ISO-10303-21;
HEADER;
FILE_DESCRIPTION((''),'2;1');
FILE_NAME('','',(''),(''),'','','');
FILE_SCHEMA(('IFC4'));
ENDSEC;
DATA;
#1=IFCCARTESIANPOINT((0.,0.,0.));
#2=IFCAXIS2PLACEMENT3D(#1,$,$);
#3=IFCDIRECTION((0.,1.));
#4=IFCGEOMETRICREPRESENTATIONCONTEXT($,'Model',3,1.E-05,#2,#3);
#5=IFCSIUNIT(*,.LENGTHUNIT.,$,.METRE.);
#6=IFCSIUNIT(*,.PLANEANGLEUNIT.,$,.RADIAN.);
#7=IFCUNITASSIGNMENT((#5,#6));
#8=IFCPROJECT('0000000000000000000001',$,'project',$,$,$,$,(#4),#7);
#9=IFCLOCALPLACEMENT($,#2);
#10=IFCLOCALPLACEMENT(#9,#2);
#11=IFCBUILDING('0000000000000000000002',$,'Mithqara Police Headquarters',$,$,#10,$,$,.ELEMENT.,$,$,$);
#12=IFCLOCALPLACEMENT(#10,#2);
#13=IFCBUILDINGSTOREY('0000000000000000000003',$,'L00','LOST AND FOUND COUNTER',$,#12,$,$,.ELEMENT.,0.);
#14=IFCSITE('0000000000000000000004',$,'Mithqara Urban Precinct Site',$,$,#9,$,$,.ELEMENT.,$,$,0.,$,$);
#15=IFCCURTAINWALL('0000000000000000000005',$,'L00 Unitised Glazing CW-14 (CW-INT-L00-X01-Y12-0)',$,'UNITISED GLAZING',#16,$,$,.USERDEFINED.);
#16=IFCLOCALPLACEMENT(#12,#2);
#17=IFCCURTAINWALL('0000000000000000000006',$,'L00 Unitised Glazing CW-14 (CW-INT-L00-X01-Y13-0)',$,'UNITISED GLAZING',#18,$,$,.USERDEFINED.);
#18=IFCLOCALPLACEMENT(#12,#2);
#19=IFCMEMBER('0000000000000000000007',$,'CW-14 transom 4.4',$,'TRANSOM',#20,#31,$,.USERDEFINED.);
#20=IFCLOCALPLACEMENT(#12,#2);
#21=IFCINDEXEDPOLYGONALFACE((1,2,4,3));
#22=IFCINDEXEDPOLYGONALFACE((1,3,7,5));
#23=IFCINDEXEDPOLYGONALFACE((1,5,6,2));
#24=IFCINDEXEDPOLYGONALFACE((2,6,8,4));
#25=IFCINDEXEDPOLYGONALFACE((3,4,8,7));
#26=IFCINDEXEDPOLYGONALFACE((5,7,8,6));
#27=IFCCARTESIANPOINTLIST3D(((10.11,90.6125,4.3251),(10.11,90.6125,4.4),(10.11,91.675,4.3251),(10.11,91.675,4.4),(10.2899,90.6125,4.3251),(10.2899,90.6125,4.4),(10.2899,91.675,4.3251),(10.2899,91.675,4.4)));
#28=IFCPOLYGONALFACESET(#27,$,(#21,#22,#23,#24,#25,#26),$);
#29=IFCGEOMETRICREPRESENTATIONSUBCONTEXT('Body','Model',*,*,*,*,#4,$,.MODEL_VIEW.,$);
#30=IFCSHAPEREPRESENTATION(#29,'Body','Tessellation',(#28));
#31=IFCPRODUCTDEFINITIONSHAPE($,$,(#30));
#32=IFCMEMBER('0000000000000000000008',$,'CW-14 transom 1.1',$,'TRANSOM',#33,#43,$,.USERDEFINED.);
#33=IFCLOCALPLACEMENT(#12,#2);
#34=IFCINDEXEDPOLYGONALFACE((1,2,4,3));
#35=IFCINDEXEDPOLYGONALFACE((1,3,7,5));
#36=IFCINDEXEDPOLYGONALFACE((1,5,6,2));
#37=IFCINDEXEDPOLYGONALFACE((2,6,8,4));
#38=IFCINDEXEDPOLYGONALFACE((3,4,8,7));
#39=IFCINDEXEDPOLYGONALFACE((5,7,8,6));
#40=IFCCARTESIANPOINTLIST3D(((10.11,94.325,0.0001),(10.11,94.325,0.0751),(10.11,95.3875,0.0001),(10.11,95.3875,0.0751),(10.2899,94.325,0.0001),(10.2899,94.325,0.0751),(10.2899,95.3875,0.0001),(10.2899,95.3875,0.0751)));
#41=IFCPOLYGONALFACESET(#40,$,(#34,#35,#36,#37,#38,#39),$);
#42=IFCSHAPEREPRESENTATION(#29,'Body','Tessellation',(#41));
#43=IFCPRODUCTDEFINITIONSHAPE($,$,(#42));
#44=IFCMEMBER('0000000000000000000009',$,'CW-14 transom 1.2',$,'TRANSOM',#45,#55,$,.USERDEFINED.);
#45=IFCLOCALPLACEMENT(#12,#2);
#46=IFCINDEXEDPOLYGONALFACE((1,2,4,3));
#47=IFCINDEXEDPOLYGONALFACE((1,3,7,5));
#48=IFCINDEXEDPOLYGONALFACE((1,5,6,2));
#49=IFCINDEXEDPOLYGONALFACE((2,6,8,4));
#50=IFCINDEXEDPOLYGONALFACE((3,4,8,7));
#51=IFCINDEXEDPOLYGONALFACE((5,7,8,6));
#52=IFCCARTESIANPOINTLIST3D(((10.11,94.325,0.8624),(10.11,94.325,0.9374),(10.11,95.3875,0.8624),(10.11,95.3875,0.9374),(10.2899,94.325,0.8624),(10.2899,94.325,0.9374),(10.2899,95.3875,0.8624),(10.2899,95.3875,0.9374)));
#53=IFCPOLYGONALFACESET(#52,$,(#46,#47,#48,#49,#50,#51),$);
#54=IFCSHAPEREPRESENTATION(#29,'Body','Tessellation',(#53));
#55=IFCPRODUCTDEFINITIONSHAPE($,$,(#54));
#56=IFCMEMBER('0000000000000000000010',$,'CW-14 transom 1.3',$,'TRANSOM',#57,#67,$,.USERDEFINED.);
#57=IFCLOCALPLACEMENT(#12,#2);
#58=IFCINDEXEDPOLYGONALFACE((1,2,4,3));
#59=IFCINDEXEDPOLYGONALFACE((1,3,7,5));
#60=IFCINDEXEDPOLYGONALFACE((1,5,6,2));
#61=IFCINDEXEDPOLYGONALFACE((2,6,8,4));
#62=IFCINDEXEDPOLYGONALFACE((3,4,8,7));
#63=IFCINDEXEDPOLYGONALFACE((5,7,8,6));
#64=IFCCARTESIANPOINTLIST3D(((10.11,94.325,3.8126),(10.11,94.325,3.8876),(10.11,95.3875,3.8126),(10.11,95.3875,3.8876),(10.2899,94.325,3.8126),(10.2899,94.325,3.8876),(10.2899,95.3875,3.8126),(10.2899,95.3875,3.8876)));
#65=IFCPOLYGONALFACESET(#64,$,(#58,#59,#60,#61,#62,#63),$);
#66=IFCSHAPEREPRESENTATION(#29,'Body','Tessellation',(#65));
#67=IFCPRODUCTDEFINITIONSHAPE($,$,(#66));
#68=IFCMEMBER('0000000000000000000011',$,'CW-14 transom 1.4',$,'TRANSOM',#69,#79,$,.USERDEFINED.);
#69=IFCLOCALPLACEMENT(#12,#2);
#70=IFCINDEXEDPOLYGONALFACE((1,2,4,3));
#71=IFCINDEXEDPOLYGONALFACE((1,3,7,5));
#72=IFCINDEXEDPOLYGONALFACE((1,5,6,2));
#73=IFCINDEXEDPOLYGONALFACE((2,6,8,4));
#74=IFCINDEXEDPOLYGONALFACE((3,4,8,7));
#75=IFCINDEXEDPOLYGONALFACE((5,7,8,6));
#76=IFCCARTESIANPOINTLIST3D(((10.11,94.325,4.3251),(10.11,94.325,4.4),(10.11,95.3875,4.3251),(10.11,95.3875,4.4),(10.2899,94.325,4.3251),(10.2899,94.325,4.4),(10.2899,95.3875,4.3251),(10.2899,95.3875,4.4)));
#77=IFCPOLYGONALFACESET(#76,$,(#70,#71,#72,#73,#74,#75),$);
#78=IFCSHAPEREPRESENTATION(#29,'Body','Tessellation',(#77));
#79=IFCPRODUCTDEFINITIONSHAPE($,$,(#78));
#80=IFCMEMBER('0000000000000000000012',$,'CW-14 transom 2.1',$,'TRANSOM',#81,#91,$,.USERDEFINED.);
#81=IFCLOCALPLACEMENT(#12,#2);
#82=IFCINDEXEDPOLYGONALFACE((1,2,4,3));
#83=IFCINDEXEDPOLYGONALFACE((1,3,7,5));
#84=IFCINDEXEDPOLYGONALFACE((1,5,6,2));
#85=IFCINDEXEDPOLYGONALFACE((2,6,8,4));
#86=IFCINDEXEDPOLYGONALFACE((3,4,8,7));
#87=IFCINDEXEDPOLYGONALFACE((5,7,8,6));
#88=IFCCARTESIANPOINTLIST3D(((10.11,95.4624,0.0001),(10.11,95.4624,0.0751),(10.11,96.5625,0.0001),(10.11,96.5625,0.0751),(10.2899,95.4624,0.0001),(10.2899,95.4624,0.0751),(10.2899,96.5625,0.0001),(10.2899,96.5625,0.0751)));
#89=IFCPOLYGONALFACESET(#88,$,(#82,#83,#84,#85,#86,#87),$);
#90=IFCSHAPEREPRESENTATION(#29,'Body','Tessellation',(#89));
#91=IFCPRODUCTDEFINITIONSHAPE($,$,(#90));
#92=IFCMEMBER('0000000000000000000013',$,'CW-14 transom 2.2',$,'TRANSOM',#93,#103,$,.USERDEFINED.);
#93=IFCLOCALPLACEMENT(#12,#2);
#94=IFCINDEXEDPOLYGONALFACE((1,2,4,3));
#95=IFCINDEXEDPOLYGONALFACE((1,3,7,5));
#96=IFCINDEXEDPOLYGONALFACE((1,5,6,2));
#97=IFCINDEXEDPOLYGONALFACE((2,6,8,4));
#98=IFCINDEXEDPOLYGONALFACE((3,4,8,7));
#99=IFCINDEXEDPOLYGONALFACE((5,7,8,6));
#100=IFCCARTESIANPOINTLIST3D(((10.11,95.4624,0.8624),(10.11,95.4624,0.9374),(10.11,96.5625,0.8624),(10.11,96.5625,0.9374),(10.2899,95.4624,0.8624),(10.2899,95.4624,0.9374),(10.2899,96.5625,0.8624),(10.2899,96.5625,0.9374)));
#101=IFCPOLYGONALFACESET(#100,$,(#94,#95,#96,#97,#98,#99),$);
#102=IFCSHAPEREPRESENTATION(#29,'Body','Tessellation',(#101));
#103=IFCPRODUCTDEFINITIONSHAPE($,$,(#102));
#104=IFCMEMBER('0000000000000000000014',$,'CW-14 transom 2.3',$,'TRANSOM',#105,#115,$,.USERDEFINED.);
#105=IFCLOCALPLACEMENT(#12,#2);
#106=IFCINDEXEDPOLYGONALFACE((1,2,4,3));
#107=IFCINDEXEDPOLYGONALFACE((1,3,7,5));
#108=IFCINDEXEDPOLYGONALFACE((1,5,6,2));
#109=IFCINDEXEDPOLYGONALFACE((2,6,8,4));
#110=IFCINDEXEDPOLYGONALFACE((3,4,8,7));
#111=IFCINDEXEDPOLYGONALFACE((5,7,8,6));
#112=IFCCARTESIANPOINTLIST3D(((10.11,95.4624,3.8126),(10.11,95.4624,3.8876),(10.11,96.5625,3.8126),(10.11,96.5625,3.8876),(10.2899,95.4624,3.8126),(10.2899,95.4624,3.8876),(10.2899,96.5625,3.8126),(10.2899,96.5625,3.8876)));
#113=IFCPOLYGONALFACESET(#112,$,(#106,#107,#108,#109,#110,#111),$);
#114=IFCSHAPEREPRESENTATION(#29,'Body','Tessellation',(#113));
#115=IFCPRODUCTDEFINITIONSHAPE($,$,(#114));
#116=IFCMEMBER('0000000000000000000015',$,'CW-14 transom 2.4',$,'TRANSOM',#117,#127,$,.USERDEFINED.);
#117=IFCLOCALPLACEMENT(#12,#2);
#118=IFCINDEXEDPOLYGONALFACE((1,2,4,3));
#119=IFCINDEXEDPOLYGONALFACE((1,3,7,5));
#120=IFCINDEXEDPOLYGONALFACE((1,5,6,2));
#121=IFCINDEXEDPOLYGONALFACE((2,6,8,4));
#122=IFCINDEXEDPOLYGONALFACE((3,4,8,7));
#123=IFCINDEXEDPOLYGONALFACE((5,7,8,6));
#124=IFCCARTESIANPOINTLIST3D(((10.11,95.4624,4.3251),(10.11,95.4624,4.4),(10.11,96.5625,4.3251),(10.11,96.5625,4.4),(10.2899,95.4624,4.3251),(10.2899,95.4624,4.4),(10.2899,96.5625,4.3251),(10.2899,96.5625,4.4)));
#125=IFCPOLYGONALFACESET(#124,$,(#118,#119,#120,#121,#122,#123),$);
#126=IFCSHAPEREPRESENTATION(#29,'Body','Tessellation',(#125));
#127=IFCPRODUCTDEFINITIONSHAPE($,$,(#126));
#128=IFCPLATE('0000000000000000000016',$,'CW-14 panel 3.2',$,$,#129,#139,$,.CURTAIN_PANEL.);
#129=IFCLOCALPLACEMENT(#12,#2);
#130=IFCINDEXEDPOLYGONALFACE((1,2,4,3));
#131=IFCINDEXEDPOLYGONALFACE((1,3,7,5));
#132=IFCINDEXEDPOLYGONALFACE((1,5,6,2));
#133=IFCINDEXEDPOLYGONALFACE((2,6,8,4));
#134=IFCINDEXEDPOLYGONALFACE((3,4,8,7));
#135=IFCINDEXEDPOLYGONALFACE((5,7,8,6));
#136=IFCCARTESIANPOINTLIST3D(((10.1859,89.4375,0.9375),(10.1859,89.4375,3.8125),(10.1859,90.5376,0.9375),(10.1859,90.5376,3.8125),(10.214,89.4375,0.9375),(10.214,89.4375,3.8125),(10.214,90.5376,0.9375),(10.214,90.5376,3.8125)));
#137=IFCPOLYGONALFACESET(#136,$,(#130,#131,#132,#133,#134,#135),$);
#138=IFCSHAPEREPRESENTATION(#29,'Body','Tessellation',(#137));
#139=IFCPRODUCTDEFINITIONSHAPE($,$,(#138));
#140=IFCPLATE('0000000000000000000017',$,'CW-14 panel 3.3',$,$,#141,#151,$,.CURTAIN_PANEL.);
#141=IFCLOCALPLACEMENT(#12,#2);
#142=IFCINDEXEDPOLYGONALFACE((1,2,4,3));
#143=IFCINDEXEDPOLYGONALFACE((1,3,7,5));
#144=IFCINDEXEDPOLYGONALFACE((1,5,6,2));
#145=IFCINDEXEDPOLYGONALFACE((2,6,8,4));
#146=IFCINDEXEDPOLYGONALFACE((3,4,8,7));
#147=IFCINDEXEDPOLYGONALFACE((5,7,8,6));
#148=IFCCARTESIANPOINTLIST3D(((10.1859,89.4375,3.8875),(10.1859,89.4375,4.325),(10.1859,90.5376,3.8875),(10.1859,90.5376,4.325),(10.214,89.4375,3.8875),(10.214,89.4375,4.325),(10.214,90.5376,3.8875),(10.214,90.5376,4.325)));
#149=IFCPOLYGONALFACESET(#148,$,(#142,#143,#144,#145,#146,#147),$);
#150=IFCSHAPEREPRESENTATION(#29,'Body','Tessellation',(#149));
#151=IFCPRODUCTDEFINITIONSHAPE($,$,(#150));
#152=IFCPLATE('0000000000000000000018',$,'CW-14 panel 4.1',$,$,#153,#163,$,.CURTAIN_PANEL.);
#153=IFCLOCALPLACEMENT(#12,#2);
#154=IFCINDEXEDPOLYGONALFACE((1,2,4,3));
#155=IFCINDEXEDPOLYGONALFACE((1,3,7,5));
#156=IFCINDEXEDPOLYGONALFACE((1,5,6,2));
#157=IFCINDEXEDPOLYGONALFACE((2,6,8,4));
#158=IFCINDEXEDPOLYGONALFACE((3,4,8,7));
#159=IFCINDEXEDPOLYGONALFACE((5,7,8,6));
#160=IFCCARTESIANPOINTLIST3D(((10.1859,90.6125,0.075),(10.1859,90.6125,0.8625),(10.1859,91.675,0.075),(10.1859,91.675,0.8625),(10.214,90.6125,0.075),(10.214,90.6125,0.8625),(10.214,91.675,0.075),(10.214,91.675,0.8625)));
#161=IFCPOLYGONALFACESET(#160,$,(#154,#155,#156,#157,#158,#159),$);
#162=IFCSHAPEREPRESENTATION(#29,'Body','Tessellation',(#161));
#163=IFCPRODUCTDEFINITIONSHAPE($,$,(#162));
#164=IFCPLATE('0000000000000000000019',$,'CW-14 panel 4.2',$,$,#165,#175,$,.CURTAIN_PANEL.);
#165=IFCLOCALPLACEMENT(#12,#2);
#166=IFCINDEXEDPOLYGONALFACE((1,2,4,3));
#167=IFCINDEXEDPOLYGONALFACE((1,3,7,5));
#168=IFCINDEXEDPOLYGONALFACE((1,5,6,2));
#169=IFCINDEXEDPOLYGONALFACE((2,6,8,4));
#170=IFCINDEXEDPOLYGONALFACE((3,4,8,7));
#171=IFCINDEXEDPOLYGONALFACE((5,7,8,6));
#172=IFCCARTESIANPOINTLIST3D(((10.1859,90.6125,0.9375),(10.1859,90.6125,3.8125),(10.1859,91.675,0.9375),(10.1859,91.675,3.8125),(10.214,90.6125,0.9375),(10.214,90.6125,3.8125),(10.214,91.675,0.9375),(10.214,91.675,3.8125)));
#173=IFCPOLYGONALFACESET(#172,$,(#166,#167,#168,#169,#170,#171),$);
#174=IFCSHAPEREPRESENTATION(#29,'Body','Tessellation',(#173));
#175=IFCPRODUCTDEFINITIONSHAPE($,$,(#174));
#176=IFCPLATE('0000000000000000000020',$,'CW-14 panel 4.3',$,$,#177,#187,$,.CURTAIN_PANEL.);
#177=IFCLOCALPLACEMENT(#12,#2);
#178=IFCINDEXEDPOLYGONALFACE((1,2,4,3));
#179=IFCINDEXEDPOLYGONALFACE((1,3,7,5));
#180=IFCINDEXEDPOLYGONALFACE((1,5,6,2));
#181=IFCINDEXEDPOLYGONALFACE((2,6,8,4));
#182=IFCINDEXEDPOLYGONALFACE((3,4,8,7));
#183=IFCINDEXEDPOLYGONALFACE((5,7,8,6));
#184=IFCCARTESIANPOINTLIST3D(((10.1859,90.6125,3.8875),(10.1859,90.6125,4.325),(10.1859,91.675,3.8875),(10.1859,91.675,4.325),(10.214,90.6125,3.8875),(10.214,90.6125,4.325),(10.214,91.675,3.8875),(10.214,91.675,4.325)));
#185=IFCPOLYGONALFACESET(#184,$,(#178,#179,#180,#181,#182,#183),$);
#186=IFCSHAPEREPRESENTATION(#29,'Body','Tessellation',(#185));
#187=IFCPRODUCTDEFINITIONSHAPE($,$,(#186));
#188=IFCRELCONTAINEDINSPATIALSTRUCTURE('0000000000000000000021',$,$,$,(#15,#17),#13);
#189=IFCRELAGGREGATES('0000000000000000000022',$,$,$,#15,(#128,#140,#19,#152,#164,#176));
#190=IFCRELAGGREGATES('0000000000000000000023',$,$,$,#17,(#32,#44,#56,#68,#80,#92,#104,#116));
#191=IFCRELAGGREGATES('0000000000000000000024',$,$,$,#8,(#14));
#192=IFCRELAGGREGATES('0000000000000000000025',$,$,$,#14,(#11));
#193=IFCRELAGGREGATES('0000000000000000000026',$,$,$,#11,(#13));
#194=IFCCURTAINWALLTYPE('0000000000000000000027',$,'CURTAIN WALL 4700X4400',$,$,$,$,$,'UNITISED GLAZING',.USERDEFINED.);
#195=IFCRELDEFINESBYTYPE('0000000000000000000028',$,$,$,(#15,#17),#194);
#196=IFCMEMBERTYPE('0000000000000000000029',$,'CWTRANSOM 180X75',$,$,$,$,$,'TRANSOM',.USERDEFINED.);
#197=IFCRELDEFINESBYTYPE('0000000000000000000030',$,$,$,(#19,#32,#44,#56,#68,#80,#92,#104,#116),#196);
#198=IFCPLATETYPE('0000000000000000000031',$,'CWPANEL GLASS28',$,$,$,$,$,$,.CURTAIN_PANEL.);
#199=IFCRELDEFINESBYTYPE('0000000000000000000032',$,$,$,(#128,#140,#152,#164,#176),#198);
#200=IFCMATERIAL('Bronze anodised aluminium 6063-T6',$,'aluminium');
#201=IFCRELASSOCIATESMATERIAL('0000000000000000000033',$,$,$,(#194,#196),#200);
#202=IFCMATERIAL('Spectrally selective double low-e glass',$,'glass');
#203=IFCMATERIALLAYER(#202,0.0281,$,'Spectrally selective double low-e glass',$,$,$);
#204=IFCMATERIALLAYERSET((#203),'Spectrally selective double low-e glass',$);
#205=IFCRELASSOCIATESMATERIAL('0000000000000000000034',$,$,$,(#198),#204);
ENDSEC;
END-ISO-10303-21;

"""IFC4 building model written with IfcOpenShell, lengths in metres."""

from ifc_helpers import new_model, si_unit, direction, frame, origin, origin_2d, place, context, subcontext, project, spatial, rectangle, extrude, material, layer, layer_set, material_profile, profile_set, type_object, element, aggregate, save


model = new_model("IFC4")

# Units and contexts
model_context = context("Model", 3, precision=1e-05, world=origin(), true_north=direction((0.0, 1.0)))
body_context = subcontext(model_context, "Body", "Model", "MODEL_VIEW")
ifc_project = project(units=[si_unit("LENGTHUNIT", "METRE"), si_unit("PLANEANGLEUNIT", "RADIAN")], contexts=[model_context])

# Site, building, storey
site_placement = place(None, origin())
site = spatial("IfcSite", under=ifc_project, at=site_placement, Name="Mithqara Urban Precinct Site", CompositionType="ELEMENT", RefElevation=0.0)
building_placement = place(site_placement, origin())
building = spatial("IfcBuilding", under=site, at=building_placement, Name="Mithqara Police Headquarters", CompositionType="ELEMENT")
storey_placement = place(building_placement, origin())
storey = spatial("IfcBuildingStorey", under=building, at=storey_placement, Name="L00", Description="LOST AND FOUND COUNTER", CompositionType="ELEMENT", Elevation=0.0)

# Curtain walls
ifc_material_1 = material(Name="Bronze anodised aluminium 6063-T6", Category="aluminium")
curtain_wall_type = type_object("IfcCurtainWallType", Name="CURTAIN WALL 4700X4400", ElementType="UNITISED GLAZING", PredefinedType="USERDEFINED", material=ifc_material_1)
curtain_wall_1_placement = place(storey_placement, origin())
curtain_wall_1 = element("IfcCurtainWall", 1, at=curtain_wall_1_placement, inside=storey, type_object=curtain_wall_type, Name="L00 Unitised Glazing CW-14 (CW-INT-L00-X01-Y12-0)", ObjectType="UNITISED GLAZING", PredefinedType="USERDEFINED")
curtain_wall_2_placement = place(storey_placement, origin())
curtain_wall_2 = element("IfcCurtainWall", 2, at=curtain_wall_2_placement, inside=storey, type_object=curtain_wall_type, Name="L00 Unitised Glazing CW-14 (CW-INT-L00-X01-Y13-0)", ObjectType="UNITISED GLAZING", PredefinedType="USERDEFINED")

# Members
ifc_material_profile_1 = material_profile(ifc_material_1, rectangle(XDim=0.1799, YDim=0.075, at=origin_2d()), Name="CWT 180x75")
ifc_profile_set_1 = profile_set([ifc_material_profile_1], Name="Bronze anodised aluminium 6063-T6")
member_type_1 = type_object("IfcMemberType", Name="CWTRANSOM 180X75", ElementType="TRANSOM", PredefinedType="USERDEFINED", material=ifc_profile_set_1)
member_1_placement = place(storey_placement, frame((10.2, 90.6125, 4.3625), z_axis=(0.0, 1.0, 0.0), x_axis=(-1.0, 0.0, 0.0)))
member_1 = element("IfcMember", 3, at=member_1_placement, type_object=member_type_1, Name="CW-14 transom 4.4", ObjectType="TRANSOM", PredefinedType="USERDEFINED", context=body_context, shape_type="SweptSolid", body=[
    extrude(rectangle(XDim=0.1799, YDim=0.075, at=origin_2d()), origin(), (0.0, 0.0, 1.0), 1.0625),
])
member_2_placement = place(storey_placement, frame((10.2, 94.325, 0.0376), z_axis=(0.0, 1.0, 0.0), x_axis=(-1.0, 0.0, 0.0)))
member_2 = element("IfcMember", 4, at=member_2_placement, type_object=member_type_1, Name="CW-14 transom 1.1", ObjectType="TRANSOM", PredefinedType="USERDEFINED", context=body_context, shape_type="SweptSolid", body=[
    extrude(rectangle(XDim=0.1799, YDim=0.075, at=origin_2d()), origin(), (0.0, 0.0, 1.0), 1.0625),
])
member_3_placement = place(storey_placement, frame((10.2, 94.325, 0.8999), z_axis=(0.0, 1.0, 0.0), x_axis=(-1.0, 0.0, 0.0)))
member_3 = element("IfcMember", 5, at=member_3_placement, type_object=member_type_1, Name="CW-14 transom 1.2", ObjectType="TRANSOM", PredefinedType="USERDEFINED", context=body_context, shape_type="SweptSolid", body=[
    extrude(rectangle(XDim=0.1799, YDim=0.075, at=origin_2d()), origin(), (0.0, 0.0, 1.0), 1.0625),
])
member_4_placement = place(storey_placement, frame((10.2, 94.325, 3.8501), z_axis=(0.0, 1.0, 0.0), x_axis=(-1.0, 0.0, 0.0)))
member_4 = element("IfcMember", 6, at=member_4_placement, type_object=member_type_1, Name="CW-14 transom 1.3", ObjectType="TRANSOM", PredefinedType="USERDEFINED", context=body_context, shape_type="SweptSolid", body=[
    extrude(rectangle(XDim=0.1799, YDim=0.075, at=origin_2d()), origin(), (0.0, 0.0, 1.0), 1.0625),
])
member_5_placement = place(storey_placement, frame((10.2, 94.325, 4.3625), z_axis=(0.0, 1.0, 0.0), x_axis=(-1.0, 0.0, 0.0)))
member_5 = element("IfcMember", 7, at=member_5_placement, type_object=member_type_1, Name="CW-14 transom 1.4", ObjectType="TRANSOM", PredefinedType="USERDEFINED", context=body_context, shape_type="SweptSolid", body=[
    extrude(rectangle(XDim=0.1799, YDim=0.075, at=origin_2d()), origin(), (0.0, 0.0, 1.0), 1.0625),
])
member_6_placement = place(storey_placement, frame((10.2, 95.4624, 0.0376), z_axis=(0.0, 1.0, 0.0), x_axis=(-1.0, 0.0, 0.0)))
member_6 = element("IfcMember", 8, at=member_6_placement, type_object=member_type_1, Name="CW-14 transom 2.1", ObjectType="TRANSOM", PredefinedType="USERDEFINED", context=body_context, shape_type="SweptSolid", body=[
    extrude(rectangle(XDim=0.1799, YDim=0.075, at=origin_2d()), origin(), (0.0, 0.0, 1.0), 1.1001),
])
member_7_placement = place(storey_placement, frame((10.2, 95.4624, 0.8999), z_axis=(0.0, 1.0, 0.0), x_axis=(-1.0, 0.0, 0.0)))
member_7 = element("IfcMember", 9, at=member_7_placement, type_object=member_type_1, Name="CW-14 transom 2.2", ObjectType="TRANSOM", PredefinedType="USERDEFINED", context=body_context, shape_type="SweptSolid", body=[
    extrude(rectangle(XDim=0.1799, YDim=0.075, at=origin_2d()), origin(), (0.0, 0.0, 1.0), 1.1001),
])
member_8_placement = place(storey_placement, frame((10.2, 95.4624, 3.8501), z_axis=(0.0, 1.0, 0.0), x_axis=(-1.0, 0.0, 0.0)))
member_8 = element("IfcMember", 10, at=member_8_placement, type_object=member_type_1, Name="CW-14 transom 2.3", ObjectType="TRANSOM", PredefinedType="USERDEFINED", context=body_context, shape_type="SweptSolid", body=[
    extrude(rectangle(XDim=0.1799, YDim=0.075, at=origin_2d()), origin(), (0.0, 0.0, 1.0), 1.1001),
])
member_9_placement = place(storey_placement, frame((10.2, 95.4624, 4.3625), z_axis=(0.0, 1.0, 0.0), x_axis=(-1.0, 0.0, 0.0)))
member_9 = element("IfcMember", 11, at=member_9_placement, type_object=member_type_1, Name="CW-14 transom 2.4", ObjectType="TRANSOM", PredefinedType="USERDEFINED", context=body_context, shape_type="SweptSolid", body=[
    extrude(rectangle(XDim=0.1799, YDim=0.075, at=origin_2d()), origin(), (0.0, 0.0, 1.0), 1.1001),
])

# Plates
ifc_material_2 = material(Name="Spectrally selective double low-e glass", Category="glass")
ifc_layer_1 = layer(ifc_material_2, 0.0281, Name="Spectrally selective double low-e glass")
ifc_layer_set_1 = layer_set([ifc_layer_1], Name="Spectrally selective double low-e glass")
plate_type_1 = type_object("IfcPlateType", Name="CWPANEL GLASS28", PredefinedType="CURTAIN_PANEL", material=ifc_layer_set_1)
plate_1_placement = place(storey_placement, frame((10.2, 89.9875, 0.9375), z_axis=(0.0, 0.0, 1.0), x_axis=(0.0, 1.0, 0.0)))
plate_1 = element("IfcPlate", 12, at=plate_1_placement, type_object=plate_type_1, Name="CW-14 panel 3.2", PredefinedType="CURTAIN_PANEL", context=body_context, shape_type="SweptSolid", body=[
    extrude(rectangle(XDim=1.1001, YDim=0.0281, at=origin_2d()), origin(), (0.0, 0.0, 1.0), 2.875),
])
plate_2_placement = place(storey_placement, frame((10.2, 89.9875, 3.8875), z_axis=(0.0, 0.0, 1.0), x_axis=(0.0, 1.0, 0.0)))
plate_2 = element("IfcPlate", 13, at=plate_2_placement, type_object=plate_type_1, Name="CW-14 panel 3.3", PredefinedType="CURTAIN_PANEL", context=body_context, shape_type="SweptSolid", body=[
    extrude(rectangle(XDim=1.1001, YDim=0.0281, at=origin_2d()), origin(), (0.0, 0.0, 1.0), 0.4375),
])
plate_3_placement = place(storey_placement, frame((10.2, 91.1438, 0.075), z_axis=(0.0, 0.0, 1.0), x_axis=(0.0, 1.0, 0.0)))
plate_3 = element("IfcPlate", 14, at=plate_3_placement, type_object=plate_type_1, Name="CW-14 panel 4.1", PredefinedType="CURTAIN_PANEL", context=body_context, shape_type="SweptSolid", body=[
    extrude(rectangle(XDim=1.0625, YDim=0.0281, at=origin_2d()), origin(), (0.0, 0.0, 1.0), 0.7876),
])
plate_4_placement = place(storey_placement, frame((10.2, 91.1438, 0.9375), z_axis=(0.0, 0.0, 1.0), x_axis=(0.0, 1.0, 0.0)))
plate_4 = element("IfcPlate", 15, at=plate_4_placement, type_object=plate_type_1, Name="CW-14 panel 4.2", PredefinedType="CURTAIN_PANEL", context=body_context, shape_type="SweptSolid", body=[
    extrude(rectangle(XDim=1.0625, YDim=0.0281, at=origin_2d()), origin(), (0.0, 0.0, 1.0), 2.875),
])
plate_5_placement = place(storey_placement, frame((10.2, 91.1438, 3.8875), z_axis=(0.0, 0.0, 1.0), x_axis=(0.0, 1.0, 0.0)))
plate_5 = element("IfcPlate", 16, at=plate_5_placement, type_object=plate_type_1, Name="CW-14 panel 4.3", PredefinedType="CURTAIN_PANEL", context=body_context, shape_type="SweptSolid", body=[
    extrude(rectangle(XDim=1.0625, YDim=0.0281, at=origin_2d()), origin(), (0.0, 0.0, 1.0), 0.4375),
])
aggregate(curtain_wall_1, [plate_1, plate_2, member_1, plate_3, plate_4, plate_5])
aggregate(curtain_wall_2, [member_2, member_3, member_4, member_5, member_6, member_7, member_8, member_9])

save(model, "model.ifc")
